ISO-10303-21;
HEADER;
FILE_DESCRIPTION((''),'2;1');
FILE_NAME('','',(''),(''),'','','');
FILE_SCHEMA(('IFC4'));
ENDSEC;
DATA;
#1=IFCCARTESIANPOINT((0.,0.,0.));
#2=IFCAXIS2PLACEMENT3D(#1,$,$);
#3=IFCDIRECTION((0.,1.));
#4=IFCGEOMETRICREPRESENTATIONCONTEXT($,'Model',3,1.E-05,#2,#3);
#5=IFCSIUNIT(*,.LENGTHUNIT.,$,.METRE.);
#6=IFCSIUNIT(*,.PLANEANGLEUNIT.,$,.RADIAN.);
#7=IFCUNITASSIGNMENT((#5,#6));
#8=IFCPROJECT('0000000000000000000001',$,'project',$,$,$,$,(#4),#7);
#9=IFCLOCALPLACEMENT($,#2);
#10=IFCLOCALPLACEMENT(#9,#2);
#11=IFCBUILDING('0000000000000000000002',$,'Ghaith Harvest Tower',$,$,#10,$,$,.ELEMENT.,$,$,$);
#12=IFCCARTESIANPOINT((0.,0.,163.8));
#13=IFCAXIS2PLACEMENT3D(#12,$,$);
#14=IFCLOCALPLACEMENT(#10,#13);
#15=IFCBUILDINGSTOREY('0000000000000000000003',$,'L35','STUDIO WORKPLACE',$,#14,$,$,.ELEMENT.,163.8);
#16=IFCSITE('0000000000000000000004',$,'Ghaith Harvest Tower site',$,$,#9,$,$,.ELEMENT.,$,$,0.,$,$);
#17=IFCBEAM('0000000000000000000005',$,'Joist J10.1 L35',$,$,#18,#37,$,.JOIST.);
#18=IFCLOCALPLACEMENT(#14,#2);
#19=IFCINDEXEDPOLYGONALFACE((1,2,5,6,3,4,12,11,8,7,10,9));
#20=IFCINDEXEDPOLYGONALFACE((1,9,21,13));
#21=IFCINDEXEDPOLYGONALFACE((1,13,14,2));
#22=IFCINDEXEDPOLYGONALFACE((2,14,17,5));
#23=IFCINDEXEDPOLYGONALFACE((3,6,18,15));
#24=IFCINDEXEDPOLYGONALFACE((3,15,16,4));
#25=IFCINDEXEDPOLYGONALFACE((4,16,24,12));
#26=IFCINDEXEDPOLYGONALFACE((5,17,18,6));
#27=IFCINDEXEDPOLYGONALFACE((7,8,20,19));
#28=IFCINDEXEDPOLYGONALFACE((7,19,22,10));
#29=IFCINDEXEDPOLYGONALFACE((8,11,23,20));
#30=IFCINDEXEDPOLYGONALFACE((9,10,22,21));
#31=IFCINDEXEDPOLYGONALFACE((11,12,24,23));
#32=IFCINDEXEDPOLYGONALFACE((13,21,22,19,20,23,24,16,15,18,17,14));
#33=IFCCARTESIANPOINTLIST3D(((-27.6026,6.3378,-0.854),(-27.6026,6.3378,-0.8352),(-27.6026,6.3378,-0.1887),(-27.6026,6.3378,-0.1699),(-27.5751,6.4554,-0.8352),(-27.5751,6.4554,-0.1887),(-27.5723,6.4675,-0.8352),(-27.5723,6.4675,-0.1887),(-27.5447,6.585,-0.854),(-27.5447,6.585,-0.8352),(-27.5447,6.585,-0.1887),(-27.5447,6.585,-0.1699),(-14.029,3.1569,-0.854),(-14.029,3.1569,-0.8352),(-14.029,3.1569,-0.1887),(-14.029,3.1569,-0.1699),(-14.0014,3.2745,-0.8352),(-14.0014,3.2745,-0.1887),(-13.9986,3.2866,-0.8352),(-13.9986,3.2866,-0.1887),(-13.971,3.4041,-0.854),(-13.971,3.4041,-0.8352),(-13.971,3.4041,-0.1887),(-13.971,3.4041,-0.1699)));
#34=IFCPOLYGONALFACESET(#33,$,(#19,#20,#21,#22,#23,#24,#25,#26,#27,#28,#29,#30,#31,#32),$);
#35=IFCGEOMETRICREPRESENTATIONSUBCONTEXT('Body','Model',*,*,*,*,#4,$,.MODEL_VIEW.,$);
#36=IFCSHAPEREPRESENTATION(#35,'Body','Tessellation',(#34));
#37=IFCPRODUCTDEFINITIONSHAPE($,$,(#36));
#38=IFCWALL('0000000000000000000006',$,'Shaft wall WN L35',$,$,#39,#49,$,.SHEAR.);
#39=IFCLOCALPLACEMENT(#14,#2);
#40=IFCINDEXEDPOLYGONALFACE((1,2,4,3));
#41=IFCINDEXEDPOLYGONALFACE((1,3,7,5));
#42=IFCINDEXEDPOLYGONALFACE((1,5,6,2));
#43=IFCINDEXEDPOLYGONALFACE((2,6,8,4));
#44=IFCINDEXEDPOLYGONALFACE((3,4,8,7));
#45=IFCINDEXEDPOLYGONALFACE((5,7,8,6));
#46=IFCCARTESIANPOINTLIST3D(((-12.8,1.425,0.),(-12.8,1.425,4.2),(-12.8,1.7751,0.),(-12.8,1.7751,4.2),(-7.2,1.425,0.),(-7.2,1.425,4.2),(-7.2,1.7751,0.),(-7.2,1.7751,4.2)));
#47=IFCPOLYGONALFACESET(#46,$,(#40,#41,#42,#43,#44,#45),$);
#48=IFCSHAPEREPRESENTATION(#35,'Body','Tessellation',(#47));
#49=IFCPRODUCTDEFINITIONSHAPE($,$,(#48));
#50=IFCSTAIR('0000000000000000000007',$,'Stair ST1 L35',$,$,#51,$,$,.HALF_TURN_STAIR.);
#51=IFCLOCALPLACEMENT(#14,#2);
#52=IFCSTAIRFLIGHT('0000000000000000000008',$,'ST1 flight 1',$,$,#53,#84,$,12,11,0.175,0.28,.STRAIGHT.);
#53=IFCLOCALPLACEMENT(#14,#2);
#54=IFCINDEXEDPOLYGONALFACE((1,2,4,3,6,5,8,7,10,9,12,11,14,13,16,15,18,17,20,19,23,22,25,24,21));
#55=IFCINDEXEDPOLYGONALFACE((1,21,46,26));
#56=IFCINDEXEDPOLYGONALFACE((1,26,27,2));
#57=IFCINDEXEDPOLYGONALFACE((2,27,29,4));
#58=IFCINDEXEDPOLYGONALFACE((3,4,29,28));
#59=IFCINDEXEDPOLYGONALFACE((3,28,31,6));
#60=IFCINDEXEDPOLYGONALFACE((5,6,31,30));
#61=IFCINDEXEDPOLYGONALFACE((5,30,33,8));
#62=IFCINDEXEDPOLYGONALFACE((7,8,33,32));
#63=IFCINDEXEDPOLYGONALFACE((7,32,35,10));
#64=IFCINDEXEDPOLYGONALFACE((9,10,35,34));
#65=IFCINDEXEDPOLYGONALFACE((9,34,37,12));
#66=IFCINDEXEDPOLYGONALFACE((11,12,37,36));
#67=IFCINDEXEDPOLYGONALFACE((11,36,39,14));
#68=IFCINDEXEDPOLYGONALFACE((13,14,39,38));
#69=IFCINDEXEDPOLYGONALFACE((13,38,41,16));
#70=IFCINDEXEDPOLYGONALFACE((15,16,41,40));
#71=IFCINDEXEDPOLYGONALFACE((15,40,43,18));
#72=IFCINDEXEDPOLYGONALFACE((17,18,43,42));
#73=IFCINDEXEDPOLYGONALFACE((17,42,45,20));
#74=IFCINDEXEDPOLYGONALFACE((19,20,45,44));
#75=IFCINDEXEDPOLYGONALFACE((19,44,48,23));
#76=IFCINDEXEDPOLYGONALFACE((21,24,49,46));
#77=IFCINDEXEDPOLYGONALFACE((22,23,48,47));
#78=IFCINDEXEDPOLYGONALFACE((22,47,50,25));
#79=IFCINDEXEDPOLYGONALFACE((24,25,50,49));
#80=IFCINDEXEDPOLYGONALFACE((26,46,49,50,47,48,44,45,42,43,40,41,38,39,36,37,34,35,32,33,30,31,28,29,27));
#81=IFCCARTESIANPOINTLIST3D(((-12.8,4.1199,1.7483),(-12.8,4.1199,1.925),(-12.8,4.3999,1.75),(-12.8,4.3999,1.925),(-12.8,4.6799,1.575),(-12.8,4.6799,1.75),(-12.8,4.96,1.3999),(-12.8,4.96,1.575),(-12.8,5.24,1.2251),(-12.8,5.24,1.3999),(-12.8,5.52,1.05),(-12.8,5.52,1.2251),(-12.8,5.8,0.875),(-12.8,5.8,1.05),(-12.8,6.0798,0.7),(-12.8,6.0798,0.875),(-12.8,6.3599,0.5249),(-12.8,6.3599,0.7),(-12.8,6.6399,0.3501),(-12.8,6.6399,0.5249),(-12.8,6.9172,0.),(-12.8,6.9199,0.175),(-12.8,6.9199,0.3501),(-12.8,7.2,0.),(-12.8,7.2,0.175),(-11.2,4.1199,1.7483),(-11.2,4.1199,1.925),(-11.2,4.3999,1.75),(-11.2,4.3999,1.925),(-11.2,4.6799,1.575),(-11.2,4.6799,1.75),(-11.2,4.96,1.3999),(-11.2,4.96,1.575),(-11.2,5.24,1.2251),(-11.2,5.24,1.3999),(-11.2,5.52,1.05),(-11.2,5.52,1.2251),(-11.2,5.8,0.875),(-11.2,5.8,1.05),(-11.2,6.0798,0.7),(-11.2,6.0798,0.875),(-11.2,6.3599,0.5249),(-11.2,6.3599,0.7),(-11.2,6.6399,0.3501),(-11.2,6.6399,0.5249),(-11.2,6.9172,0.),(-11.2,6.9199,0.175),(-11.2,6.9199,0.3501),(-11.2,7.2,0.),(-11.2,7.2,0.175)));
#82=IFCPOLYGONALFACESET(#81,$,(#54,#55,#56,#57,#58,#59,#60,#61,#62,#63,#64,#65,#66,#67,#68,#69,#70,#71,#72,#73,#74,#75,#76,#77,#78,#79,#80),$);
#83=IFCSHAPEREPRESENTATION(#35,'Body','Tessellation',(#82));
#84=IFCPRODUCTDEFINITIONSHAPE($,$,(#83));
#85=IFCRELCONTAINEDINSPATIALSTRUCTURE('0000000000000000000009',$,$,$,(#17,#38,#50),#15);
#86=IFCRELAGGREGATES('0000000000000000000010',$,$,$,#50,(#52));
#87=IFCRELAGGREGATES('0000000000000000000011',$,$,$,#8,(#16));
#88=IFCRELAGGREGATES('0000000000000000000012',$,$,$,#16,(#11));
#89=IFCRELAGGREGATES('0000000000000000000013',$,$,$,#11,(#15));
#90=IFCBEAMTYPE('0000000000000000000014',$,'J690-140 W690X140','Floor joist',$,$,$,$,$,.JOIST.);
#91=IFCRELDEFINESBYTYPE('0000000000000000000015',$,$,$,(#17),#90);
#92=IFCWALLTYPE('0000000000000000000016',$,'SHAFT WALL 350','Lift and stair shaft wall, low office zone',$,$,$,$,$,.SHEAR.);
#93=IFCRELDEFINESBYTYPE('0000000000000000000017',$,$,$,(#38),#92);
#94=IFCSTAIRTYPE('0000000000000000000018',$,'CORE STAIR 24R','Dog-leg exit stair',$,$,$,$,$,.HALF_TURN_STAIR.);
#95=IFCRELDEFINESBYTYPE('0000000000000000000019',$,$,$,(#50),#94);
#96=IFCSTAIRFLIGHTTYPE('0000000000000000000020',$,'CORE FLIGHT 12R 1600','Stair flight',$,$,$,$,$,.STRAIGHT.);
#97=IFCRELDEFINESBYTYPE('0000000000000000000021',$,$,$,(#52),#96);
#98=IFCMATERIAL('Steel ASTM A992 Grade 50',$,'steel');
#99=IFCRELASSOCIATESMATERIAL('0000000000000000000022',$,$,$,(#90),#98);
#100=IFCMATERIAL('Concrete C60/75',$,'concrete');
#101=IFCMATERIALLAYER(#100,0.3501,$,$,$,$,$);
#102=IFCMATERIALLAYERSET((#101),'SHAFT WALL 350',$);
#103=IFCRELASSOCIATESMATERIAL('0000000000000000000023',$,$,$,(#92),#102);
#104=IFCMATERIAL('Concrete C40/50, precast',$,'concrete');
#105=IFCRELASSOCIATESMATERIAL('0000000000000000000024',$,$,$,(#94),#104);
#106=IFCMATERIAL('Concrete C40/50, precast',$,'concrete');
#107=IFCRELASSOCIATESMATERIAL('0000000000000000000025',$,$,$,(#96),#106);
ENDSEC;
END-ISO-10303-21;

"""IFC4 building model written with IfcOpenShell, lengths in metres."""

from ifc_helpers import new_model, si_unit, direction, frame, frame_2d, origin, origin_2d, place, context, subcontext, project, spatial, polyline, rectangle, i_section, outline, extrude, material, layer, layer_set, material_profile, profile_set, type_object, element, aggregate, save


model = new_model("IFC4")

# Units and contexts
model_context = context("Model", 3, precision=1e-05, world=origin(), true_north=direction((0.0, 1.0)))
body_context = subcontext(model_context, "Body", "Model", "MODEL_VIEW")
ifc_project = project(units=[si_unit("LENGTHUNIT", "METRE"), si_unit("PLANEANGLEUNIT", "RADIAN")], contexts=[model_context])

# Site, building, storey
site_placement = place(None, origin())
site = spatial("IfcSite", under=ifc_project, at=site_placement, Name="Ghaith Harvest Tower site", CompositionType="ELEMENT", RefElevation=0.0)
building_placement = place(site_placement, origin())
building = spatial("IfcBuilding", under=site, at=building_placement, Name="Ghaith Harvest Tower", CompositionType="ELEMENT")
storey_placement = place(building_placement, frame((0.0, 0.0, 163.8)))
storey = spatial("IfcBuildingStorey", under=building, at=storey_placement, Name="L35", Description="STUDIO WORKPLACE", CompositionType="ELEMENT", Elevation=163.8)

# Beam
ifc_material_1 = material(Name="Steel ASTM A992 Grade 50", Category="steel")
ifc_material_profile_1 = material_profile(ifc_material_1, i_section(OverallWidth=0.2539, OverallDepth=0.6841, WebThickness=0.0125, FlangeThickness=0.0188, at=origin_2d()), Name="W690X140")
ifc_profile_set_1 = profile_set([ifc_material_profile_1], Name="Steel ASTM A992 Grade 50")
beam_type_1 = type_object("IfcBeamType", Name="J690-140 W690X140", Description="Floor joist", PredefinedType="JOIST", material=ifc_profile_set_1)
beam_1_placement = place(storey_placement, frame((-14.0, 3.2805, -0.512), z_axis=(-0.973623, 0.228162, 0.0), x_axis=(-0.228162, -0.973623, 0.0)))
element("IfcBeam", 1, at=beam_1_placement, inside=storey, type_object=beam_type_1, Name="Joist J10.1 L35", PredefinedType="JOIST", context=body_context, shape_type="SweptSolid", body=[
    extrude(i_section(OverallWidth=0.2539, OverallDepth=0.6841, WebThickness=0.0125, FlangeThickness=0.0188, at=origin_2d()), origin(), (0.0, 0.0, 1.0), 13.9414),
])

# Wall
ifc_material_2 = material(Name="Concrete C60/75", Category="concrete")
ifc_layer_1 = layer(ifc_material_2, 0.3501)
ifc_layer_set_1 = layer_set([ifc_layer_1], Name="SHAFT WALL 350")
wall_type_1 = type_object("IfcWallType", Name="SHAFT WALL 350", Description="Lift and stair shaft wall, low office zone", PredefinedType="SHEAR", material=ifc_layer_set_1)
wall_1_placement = place(storey_placement, frame((-12.8, 1.6001, 0.0), z_axis=(0.0, 0.0, 1.0), x_axis=(1.0, 0.0, 0.0)))
element("IfcWall", 2, at=wall_1_placement, inside=storey, type_object=wall_type_1, Name="Shaft wall WN L35", PredefinedType="SHEAR", context=body_context, shape_type="SweptSolid", body=[
    extrude(rectangle(XDim=5.6001, YDim=0.3501, at=frame_2d((2.8, 0.0))), origin(), (0.0, 0.0, 1.0), 4.2),
])

# Stair, stair flight
ifc_material_3 = material(Name="Concrete C40/50, precast", Category="concrete")
stair_type = type_object("IfcStairType", Name="CORE STAIR 24R", Description="Dog-leg exit stair", PredefinedType="HALF_TURN_STAIR", material=ifc_material_3)
stair_placement = place(storey_placement, origin())
stair = element("IfcStair", 3, at=stair_placement, inside=storey, type_object=stair_type, Name="Stair ST1 L35", PredefinedType="HALF_TURN_STAIR")
ifc_material_4 = material(Name="Concrete C40/50, precast", Category="concrete")
stair_flight_type = type_object("IfcStairFlightType", Name="CORE FLIGHT 12R 1600", Description="Stair flight", PredefinedType="STRAIGHT", material=ifc_material_4)
stair_flight_placement = place(storey_placement, frame((-12.0, 7.2, 0.0), z_axis=(0.0, 0.0, 1.0), x_axis=(0.0, -1.0, 0.0)))
stair_flight = element("IfcStairFlight", 4, at=stair_flight_placement, type_object=stair_flight_type, Name="ST1 flight 1", NumberOfRisers=12, NumberOfTreads=11, PredefinedType="STRAIGHT", RiserHeight=0.175, TreadLength=0.28, context=body_context, shape_type="SweptSolid", body=[
    extrude(outline(polyline([(0.0, 0.0), (0.0, 0.175), (0.28, 0.175), (0.28, 0.3501), (0.5601, 0.3501), (0.5601, 0.5249), (0.8401, 0.5249), (0.8401, 0.7), (1.1201, 0.7), (1.1201, 0.875), (1.3999, 0.875), (1.3999, 1.05), (1.6799, 1.05), (1.6799, 1.2251), (1.96, 1.2251), (1.96, 1.3999), (2.24, 1.3999), (2.24, 1.575), (2.52, 1.575), (2.52, 1.75), (2.8, 1.75), (2.8, 1.925), (3.0801, 1.925), (3.0801, 2.1001), (3.0801, 1.7483), (0.2827, 0.0), (0.0, 0.0)])), frame((0.0, 0.8, 0.0), z_axis=(0.0, -1.0, 0.0), x_axis=(1.0, 0.0, 0.0)), (0.0, 0.0, 1.0), 1.6001),
])
aggregate(stair, [stair_flight])

save(model, "model.ifc")
